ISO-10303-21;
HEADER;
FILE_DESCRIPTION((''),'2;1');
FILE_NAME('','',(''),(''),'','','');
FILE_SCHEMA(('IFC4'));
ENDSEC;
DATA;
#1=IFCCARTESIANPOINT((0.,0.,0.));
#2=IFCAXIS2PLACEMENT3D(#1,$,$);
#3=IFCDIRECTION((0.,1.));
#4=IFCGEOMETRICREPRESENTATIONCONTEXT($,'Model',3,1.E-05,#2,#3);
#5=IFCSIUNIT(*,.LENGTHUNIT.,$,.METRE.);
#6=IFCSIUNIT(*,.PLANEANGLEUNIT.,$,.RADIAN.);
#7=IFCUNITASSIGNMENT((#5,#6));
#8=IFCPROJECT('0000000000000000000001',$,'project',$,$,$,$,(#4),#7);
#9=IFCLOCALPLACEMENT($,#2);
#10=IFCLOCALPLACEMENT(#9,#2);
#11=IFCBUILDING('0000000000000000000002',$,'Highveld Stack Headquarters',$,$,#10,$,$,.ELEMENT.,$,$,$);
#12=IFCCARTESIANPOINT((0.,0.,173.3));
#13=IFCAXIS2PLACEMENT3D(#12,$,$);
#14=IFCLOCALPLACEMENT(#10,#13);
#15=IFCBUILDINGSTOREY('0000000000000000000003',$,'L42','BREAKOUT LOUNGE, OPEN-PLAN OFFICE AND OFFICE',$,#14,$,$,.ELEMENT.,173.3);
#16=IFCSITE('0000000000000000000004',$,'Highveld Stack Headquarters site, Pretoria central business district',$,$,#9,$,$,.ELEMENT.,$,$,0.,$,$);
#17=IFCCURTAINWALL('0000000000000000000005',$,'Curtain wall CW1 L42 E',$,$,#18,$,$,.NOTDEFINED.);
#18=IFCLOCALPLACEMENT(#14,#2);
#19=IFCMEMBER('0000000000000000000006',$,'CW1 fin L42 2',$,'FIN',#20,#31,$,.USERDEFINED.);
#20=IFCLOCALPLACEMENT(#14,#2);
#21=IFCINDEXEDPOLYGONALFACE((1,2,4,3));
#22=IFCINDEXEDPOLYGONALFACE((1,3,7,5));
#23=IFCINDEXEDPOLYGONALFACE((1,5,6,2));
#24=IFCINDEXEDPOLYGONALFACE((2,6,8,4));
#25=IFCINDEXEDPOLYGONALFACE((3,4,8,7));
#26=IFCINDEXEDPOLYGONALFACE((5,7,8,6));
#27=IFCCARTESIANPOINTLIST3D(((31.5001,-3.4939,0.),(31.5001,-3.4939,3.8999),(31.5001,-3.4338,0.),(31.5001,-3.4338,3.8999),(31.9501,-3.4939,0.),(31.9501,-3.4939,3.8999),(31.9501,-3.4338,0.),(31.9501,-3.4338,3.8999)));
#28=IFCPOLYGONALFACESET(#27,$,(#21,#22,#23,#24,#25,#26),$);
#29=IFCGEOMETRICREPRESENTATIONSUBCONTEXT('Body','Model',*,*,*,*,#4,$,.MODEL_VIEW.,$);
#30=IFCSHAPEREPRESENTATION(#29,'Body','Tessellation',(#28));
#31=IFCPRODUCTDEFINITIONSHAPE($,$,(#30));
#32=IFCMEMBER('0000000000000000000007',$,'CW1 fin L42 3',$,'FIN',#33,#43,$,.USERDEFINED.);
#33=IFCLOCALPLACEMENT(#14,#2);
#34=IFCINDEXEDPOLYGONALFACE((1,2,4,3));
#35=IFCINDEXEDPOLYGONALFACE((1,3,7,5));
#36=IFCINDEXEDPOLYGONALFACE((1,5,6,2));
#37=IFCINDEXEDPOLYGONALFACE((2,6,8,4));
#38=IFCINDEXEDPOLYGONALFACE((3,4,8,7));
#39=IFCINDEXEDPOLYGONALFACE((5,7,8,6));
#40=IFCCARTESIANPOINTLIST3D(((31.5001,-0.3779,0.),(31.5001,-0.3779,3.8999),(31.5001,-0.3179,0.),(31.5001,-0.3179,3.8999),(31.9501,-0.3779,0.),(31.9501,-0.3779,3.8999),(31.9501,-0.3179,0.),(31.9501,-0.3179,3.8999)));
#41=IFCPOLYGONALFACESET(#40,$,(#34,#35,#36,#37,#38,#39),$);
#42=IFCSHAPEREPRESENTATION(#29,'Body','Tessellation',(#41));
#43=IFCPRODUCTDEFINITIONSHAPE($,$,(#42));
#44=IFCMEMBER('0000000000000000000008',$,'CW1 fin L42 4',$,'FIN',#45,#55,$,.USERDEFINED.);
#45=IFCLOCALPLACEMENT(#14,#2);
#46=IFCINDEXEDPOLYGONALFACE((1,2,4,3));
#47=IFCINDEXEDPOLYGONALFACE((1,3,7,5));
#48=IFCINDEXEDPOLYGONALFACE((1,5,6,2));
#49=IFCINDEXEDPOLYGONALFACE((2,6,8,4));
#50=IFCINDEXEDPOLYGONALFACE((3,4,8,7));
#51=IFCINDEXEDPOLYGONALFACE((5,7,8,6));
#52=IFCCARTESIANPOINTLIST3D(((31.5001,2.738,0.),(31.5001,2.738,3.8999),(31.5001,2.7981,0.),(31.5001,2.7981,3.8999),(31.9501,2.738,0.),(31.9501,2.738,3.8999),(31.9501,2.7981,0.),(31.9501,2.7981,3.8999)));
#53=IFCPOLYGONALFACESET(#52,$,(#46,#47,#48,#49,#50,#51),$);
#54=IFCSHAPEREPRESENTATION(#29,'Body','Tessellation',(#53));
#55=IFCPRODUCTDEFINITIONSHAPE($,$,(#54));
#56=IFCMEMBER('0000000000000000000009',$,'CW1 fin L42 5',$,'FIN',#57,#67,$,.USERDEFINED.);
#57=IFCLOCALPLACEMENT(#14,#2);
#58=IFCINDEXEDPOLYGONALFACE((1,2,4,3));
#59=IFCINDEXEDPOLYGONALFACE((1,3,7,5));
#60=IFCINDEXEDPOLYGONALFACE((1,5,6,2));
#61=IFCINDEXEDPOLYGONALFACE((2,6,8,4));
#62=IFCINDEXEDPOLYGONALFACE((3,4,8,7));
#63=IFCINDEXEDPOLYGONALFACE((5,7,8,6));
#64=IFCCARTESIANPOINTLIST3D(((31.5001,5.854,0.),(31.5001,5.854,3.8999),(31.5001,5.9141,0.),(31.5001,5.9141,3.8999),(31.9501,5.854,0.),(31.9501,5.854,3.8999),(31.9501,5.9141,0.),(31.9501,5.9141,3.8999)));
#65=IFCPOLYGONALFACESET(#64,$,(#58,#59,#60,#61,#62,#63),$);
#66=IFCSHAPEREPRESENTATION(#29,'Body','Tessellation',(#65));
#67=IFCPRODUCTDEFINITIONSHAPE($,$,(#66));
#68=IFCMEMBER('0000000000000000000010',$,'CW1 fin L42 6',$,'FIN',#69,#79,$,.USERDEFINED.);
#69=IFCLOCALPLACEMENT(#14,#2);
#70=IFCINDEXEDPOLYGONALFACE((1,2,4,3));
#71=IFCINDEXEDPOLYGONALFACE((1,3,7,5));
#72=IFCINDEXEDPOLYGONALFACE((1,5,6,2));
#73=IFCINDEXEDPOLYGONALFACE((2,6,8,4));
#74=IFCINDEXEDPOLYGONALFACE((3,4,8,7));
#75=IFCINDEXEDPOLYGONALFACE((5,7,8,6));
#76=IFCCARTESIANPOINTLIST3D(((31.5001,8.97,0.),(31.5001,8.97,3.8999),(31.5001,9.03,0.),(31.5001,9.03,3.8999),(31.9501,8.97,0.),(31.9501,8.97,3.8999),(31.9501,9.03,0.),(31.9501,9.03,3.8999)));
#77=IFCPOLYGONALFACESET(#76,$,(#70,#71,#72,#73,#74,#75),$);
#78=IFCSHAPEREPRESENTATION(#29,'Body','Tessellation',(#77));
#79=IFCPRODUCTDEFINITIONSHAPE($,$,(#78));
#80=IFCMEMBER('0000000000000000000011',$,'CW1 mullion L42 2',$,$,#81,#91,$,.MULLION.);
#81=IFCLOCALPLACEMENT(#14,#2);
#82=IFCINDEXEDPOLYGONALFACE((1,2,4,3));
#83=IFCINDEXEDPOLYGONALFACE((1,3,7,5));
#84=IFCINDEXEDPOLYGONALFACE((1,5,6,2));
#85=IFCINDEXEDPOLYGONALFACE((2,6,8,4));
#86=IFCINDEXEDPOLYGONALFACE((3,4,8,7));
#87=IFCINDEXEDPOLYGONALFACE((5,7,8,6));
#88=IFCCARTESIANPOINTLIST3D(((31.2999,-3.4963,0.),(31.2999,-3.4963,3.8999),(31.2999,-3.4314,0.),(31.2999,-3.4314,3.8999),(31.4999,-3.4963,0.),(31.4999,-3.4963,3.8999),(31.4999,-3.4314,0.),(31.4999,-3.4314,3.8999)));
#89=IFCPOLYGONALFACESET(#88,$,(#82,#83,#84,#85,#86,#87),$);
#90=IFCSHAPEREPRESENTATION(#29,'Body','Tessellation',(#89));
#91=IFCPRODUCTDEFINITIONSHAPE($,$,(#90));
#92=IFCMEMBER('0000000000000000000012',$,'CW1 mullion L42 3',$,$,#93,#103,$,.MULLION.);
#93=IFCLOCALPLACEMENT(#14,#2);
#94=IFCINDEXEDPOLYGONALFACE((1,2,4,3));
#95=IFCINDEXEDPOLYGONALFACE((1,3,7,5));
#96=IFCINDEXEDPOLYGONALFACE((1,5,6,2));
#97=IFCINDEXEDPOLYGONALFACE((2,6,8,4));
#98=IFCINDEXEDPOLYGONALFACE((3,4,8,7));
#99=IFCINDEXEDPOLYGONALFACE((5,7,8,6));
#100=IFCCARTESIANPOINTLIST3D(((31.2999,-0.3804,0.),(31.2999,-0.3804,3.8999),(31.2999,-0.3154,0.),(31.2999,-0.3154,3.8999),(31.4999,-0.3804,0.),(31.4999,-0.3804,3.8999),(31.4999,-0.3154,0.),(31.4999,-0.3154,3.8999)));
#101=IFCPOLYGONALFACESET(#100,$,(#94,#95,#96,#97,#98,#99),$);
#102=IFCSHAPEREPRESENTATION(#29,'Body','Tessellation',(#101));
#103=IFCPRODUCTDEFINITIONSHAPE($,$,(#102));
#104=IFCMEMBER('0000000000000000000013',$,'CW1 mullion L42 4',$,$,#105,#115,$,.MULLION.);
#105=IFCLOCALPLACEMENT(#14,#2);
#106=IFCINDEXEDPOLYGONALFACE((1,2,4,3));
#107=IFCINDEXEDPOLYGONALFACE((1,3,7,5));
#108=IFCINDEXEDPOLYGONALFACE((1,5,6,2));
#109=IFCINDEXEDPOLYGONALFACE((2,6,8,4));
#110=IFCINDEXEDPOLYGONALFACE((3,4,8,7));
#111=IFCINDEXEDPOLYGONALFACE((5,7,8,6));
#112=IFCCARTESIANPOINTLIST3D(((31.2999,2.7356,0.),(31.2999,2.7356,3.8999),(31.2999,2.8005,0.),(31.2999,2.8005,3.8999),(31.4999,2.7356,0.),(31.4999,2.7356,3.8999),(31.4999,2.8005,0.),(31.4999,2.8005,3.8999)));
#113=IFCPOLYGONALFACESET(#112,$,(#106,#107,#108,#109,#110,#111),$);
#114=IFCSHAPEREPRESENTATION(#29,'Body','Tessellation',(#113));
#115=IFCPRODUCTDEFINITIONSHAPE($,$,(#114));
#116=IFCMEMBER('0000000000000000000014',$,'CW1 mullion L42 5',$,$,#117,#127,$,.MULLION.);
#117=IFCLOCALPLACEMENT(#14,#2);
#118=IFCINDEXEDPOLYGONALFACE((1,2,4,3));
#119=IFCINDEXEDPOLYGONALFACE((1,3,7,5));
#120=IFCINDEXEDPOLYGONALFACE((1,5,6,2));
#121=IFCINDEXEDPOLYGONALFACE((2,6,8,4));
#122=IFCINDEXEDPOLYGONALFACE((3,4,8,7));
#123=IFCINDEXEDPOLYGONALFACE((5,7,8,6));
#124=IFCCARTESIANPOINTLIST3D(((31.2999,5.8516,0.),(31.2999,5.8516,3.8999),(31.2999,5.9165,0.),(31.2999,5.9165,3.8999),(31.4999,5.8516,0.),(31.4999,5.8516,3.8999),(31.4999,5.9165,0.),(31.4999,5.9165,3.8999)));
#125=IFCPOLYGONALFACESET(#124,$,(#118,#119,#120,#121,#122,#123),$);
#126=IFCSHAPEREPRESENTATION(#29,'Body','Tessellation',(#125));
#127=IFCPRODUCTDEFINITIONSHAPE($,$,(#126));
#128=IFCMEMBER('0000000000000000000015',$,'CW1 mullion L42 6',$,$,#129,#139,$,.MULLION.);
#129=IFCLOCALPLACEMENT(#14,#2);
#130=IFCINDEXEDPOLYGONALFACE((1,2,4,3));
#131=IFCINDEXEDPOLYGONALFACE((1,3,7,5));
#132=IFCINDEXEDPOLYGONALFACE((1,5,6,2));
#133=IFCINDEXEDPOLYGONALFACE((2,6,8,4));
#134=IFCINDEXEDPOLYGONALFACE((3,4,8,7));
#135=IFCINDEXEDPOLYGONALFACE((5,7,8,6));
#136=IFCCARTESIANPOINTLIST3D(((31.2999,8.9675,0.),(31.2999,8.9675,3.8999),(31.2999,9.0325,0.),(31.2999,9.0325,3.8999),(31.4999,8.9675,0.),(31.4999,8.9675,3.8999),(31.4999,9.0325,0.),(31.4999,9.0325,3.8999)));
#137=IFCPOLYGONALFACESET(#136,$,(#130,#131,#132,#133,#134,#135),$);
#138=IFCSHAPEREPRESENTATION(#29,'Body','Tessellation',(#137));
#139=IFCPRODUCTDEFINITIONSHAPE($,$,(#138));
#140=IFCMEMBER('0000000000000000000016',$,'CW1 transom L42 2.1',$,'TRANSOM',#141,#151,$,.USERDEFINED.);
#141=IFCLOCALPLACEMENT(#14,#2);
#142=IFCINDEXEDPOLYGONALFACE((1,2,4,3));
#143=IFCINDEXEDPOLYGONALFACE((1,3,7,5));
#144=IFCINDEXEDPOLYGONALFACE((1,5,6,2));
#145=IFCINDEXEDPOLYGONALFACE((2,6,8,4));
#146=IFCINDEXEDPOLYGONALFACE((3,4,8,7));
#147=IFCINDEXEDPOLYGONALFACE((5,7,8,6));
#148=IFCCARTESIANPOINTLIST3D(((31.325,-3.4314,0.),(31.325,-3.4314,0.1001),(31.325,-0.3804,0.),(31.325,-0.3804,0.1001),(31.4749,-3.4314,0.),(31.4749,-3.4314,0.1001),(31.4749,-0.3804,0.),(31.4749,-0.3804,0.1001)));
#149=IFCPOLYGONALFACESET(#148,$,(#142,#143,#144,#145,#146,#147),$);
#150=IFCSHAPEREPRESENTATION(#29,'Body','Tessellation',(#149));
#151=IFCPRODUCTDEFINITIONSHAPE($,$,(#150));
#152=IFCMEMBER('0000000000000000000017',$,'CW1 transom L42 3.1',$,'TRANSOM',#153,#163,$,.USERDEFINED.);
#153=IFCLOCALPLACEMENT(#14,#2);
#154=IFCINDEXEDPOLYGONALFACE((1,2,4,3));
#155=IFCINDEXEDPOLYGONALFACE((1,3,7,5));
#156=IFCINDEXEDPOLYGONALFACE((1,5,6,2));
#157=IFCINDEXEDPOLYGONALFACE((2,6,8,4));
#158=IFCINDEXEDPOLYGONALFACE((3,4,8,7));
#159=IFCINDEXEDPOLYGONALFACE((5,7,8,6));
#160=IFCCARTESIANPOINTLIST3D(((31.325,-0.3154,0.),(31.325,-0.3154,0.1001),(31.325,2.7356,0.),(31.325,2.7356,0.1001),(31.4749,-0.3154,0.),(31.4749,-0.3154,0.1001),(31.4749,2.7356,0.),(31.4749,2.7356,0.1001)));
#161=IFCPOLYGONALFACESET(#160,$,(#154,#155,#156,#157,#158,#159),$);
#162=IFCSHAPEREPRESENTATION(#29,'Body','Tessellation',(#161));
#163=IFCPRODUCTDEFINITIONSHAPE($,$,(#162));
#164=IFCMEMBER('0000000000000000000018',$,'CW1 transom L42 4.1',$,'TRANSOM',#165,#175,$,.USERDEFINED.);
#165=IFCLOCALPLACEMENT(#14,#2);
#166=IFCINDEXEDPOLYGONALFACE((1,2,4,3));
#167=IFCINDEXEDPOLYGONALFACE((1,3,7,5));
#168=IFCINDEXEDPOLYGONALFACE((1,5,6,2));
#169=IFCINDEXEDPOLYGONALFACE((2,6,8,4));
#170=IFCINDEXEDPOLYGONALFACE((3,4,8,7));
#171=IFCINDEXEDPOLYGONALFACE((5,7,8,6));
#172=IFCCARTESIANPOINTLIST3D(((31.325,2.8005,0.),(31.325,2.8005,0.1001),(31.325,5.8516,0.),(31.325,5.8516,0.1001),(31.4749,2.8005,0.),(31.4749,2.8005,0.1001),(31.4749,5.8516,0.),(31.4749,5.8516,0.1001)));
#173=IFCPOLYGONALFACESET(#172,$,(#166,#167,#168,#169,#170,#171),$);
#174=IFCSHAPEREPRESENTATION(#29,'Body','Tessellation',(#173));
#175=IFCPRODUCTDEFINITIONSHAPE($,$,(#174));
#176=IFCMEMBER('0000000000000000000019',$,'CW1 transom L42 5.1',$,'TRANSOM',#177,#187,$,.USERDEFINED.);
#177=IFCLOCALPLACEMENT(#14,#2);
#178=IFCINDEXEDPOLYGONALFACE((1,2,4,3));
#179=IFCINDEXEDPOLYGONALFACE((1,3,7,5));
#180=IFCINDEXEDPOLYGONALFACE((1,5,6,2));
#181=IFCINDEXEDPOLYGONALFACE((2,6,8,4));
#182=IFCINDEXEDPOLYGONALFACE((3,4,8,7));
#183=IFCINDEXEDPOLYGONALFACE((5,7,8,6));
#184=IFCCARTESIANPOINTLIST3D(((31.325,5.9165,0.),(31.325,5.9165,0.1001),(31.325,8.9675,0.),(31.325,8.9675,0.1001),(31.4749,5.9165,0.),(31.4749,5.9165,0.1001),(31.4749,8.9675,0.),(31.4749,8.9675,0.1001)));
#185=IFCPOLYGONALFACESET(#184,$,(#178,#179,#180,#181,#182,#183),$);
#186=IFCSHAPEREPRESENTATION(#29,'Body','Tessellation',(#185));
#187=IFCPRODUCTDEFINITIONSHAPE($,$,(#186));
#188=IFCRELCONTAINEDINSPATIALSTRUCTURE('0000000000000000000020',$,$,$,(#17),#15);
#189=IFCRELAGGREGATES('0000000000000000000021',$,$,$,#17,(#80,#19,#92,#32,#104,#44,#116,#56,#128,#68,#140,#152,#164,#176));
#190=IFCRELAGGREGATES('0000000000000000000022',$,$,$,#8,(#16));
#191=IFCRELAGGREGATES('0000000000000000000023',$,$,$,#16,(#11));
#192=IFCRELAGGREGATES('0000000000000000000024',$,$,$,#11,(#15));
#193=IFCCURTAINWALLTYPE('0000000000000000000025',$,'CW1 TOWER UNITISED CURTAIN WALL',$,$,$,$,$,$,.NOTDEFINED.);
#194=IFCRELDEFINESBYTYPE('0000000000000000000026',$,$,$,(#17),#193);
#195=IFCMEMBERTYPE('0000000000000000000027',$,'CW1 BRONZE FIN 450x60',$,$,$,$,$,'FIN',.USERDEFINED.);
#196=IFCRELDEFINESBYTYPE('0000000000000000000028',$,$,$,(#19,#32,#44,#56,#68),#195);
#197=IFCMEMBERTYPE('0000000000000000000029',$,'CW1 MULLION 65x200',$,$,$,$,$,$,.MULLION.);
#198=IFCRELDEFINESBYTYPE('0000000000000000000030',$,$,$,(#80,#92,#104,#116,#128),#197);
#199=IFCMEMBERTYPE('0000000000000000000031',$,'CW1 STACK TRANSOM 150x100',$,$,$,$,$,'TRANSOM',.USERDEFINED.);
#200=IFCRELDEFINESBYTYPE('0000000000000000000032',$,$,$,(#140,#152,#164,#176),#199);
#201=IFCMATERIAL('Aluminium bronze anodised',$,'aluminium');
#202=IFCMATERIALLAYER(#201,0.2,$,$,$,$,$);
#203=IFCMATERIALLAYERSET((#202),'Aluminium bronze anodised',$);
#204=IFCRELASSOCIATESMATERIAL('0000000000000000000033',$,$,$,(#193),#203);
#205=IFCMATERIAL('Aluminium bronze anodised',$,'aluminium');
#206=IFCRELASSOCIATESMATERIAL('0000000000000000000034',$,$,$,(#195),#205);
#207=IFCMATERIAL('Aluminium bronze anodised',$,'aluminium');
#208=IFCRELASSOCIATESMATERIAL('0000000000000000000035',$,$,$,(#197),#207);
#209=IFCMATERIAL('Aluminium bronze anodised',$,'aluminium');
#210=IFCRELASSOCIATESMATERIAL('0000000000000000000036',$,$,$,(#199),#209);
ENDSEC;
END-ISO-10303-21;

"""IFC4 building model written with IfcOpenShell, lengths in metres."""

from ifc_helpers import new_model, si_unit, direction, frame, origin, origin_2d, place, context, subcontext, project, spatial, rectangle, extrude, material, layer, layer_set, material_profile, profile_set, type_object, element, aggregate, save


model = new_model("IFC4")

# Units and contexts
model_context = context("Model", 3, precision=1e-05, world=origin(), true_north=direction((0.0, 1.0)))
body_context = subcontext(model_context, "Body", "Model", "MODEL_VIEW")
ifc_project = project(units=[si_unit("LENGTHUNIT", "METRE"), si_unit("PLANEANGLEUNIT", "RADIAN")], contexts=[model_context])

# Site, building, storey
site_placement = place(None, origin())
site = spatial("IfcSite", under=ifc_project, at=site_placement, Name="Highveld Stack Headquarters site, Pretoria central business district", CompositionType="ELEMENT", RefElevation=0.0)
building_placement = place(site_placement, origin())
building = spatial("IfcBuilding", under=site, at=building_placement, Name="Highveld Stack Headquarters", CompositionType="ELEMENT")
storey_placement = place(building_placement, frame((0.0, 0.0, 173.3)))
storey = spatial("IfcBuildingStorey", under=building, at=storey_placement, Name="L42", Description="BREAKOUT LOUNGE, OPEN-PLAN OFFICE AND OFFICE", CompositionType="ELEMENT", Elevation=173.3)

# Curtain wall, members
ifc_material_1 = material(Name="Aluminium bronze anodised", Category="aluminium")
ifc_layer_1 = layer(ifc_material_1, 0.2)
ifc_layer_set_1 = layer_set([ifc_layer_1], Name="Aluminium bronze anodised")
curtain_wall_type = type_object("IfcCurtainWallType", Name="CW1 TOWER UNITISED CURTAIN WALL", PredefinedType="NOTDEFINED", material=ifc_layer_set_1)
curtain_wall_placement = place(storey_placement, origin())
curtain_wall = element("IfcCurtainWall", 1, at=curtain_wall_placement, inside=storey, type_object=curtain_wall_type, Name="Curtain wall CW1 L42 E", PredefinedType="NOTDEFINED")
ifc_material_2 = material(Name="Aluminium bronze anodised", Category="aluminium")
ifc_material_profile_1 = material_profile(ifc_material_2, rectangle(XDim=0.45, YDim=0.0601, at=origin_2d()), Name="FIN 450x60")
ifc_profile_set_1 = profile_set([ifc_material_profile_1], Name="Aluminium bronze anodised")
member_type_1 = type_object("IfcMemberType", Name="CW1 BRONZE FIN 450x60", ElementType="FIN", PredefinedType="USERDEFINED", material=ifc_profile_set_1)
member_1_placement = place(storey_placement, frame((31.7251, -3.4639, 0.0), z_axis=(0.0, 0.0, 1.0), x_axis=(-1.0, 0.0, 0.0)))
member_1 = element("IfcMember", 2, at=member_1_placement, type_object=member_type_1, Name="CW1 fin L42 2", ObjectType="FIN", PredefinedType="USERDEFINED", context=body_context, shape_type="SweptSolid", body=[
    extrude(rectangle(XDim=0.45, YDim=0.0601, at=origin_2d()), origin(), (0.0, 0.0, 1.0), 3.8999),
])
member_2_placement = place(storey_placement, frame((31.7251, -0.3479, 0.0), z_axis=(0.0, 0.0, 1.0), x_axis=(-1.0, 0.0, 0.0)))
member_2 = element("IfcMember", 3, at=member_2_placement, type_object=member_type_1, Name="CW1 fin L42 3", ObjectType="FIN", PredefinedType="USERDEFINED", context=body_context, shape_type="SweptSolid", body=[
    extrude(rectangle(XDim=0.45, YDim=0.0601, at=origin_2d()), origin(), (0.0, 0.0, 1.0), 3.8999),
])
member_3_placement = place(storey_placement, frame((31.7251, 2.7681, 0.0), z_axis=(0.0, 0.0, 1.0), x_axis=(-1.0, 0.0, 0.0)))
member_3 = element("IfcMember", 4, at=member_3_placement, type_object=member_type_1, Name="CW1 fin L42 4", ObjectType="FIN", PredefinedType="USERDEFINED", context=body_context, shape_type="SweptSolid", body=[
    extrude(rectangle(XDim=0.45, YDim=0.0601, at=origin_2d()), origin(), (0.0, 0.0, 1.0), 3.8999),
])
member_4_placement = place(storey_placement, frame((31.7251, 5.884, 0.0), z_axis=(0.0, 0.0, 1.0), x_axis=(-1.0, 0.0, 0.0)))
member_4 = element("IfcMember", 5, at=member_4_placement, type_object=member_type_1, Name="CW1 fin L42 5", ObjectType="FIN", PredefinedType="USERDEFINED", context=body_context, shape_type="SweptSolid", body=[
    extrude(rectangle(XDim=0.45, YDim=0.0601, at=origin_2d()), origin(), (0.0, 0.0, 1.0), 3.8999),
])
member_5_placement = place(storey_placement, frame((31.7251, 9.0, 0.0), z_axis=(0.0, 0.0, 1.0), x_axis=(-1.0, 0.0, 0.0)))
member_5 = element("IfcMember", 6, at=member_5_placement, type_object=member_type_1, Name="CW1 fin L42 6", ObjectType="FIN", PredefinedType="USERDEFINED", context=body_context, shape_type="SweptSolid", body=[
    extrude(rectangle(XDim=0.45, YDim=0.0601, at=origin_2d()), origin(), (0.0, 0.0, 1.0), 3.8999),
])
ifc_material_3 = material(Name="Aluminium bronze anodised", Category="aluminium")
ifc_material_profile_2 = material_profile(ifc_material_3, rectangle(XDim=0.2, YDim=0.0649, at=origin_2d()), Name="CW1 MULLION 65x200")
ifc_profile_set_2 = profile_set([ifc_material_profile_2], Name="Aluminium bronze anodised")
member_type_2 = type_object("IfcMemberType", Name="CW1 MULLION 65x200", PredefinedType="MULLION", material=ifc_profile_set_2)
member_6_placement = place(storey_placement, frame((31.3999, -3.4639, 0.0), z_axis=(0.0, 0.0, 1.0), x_axis=(-1.0, 0.0, 0.0)))
member_6 = element("IfcMember", 7, at=member_6_placement, type_object=member_type_2, Name="CW1 mullion L42 2", PredefinedType="MULLION", context=body_context, shape_type="SweptSolid", body=[
    extrude(rectangle(XDim=0.2, YDim=0.0649, at=origin_2d()), origin(), (0.0, 0.0, 1.0), 3.8999),
])
member_7_placement = place(storey_placement, frame((31.3999, -0.3479, 0.0), z_axis=(0.0, 0.0, 1.0), x_axis=(-1.0, 0.0, 0.0)))
member_7 = element("IfcMember", 8, at=member_7_placement, type_object=member_type_2, Name="CW1 mullion L42 3", PredefinedType="MULLION", context=body_context, shape_type="SweptSolid", body=[
    extrude(rectangle(XDim=0.2, YDim=0.0649, at=origin_2d()), origin(), (0.0, 0.0, 1.0), 3.8999),
])
member_8_placement = place(storey_placement, frame((31.3999, 2.7681, 0.0), z_axis=(0.0, 0.0, 1.0), x_axis=(-1.0, 0.0, 0.0)))
member_8 = element("IfcMember", 9, at=member_8_placement, type_object=member_type_2, Name="CW1 mullion L42 4", PredefinedType="MULLION", context=body_context, shape_type="SweptSolid", body=[
    extrude(rectangle(XDim=0.2, YDim=0.0649, at=origin_2d()), origin(), (0.0, 0.0, 1.0), 3.8999),
])
member_9_placement = place(storey_placement, frame((31.3999, 5.884, 0.0), z_axis=(0.0, 0.0, 1.0), x_axis=(-1.0, 0.0, 0.0)))
member_9 = element("IfcMember", 10, at=member_9_placement, type_object=member_type_2, Name="CW1 mullion L42 5", PredefinedType="MULLION", context=body_context, shape_type="SweptSolid", body=[
    extrude(rectangle(XDim=0.2, YDim=0.0649, at=origin_2d()), origin(), (0.0, 0.0, 1.0), 3.8999),
])
member_10_placement = place(storey_placement, frame((31.3999, 9.0, 0.0), z_axis=(0.0, 0.0, 1.0), x_axis=(-1.0, 0.0, 0.0)))
member_10 = element("IfcMember", 11, at=member_10_placement, type_object=member_type_2, Name="CW1 mullion L42 6", PredefinedType="MULLION", context=body_context, shape_type="SweptSolid", body=[
    extrude(rectangle(XDim=0.2, YDim=0.0649, at=origin_2d()), origin(), (0.0, 0.0, 1.0), 3.8999),
])
ifc_material_4 = material(Name="Aluminium bronze anodised", Category="aluminium")
ifc_material_profile_3 = material_profile(ifc_material_4, rectangle(XDim=0.1499, YDim=0.1001, at=origin_2d()), Name="CW1 TRANSOM 150x100")
ifc_profile_set_3 = profile_set([ifc_material_profile_3], Name="Aluminium bronze anodised")
member_type_3 = type_object("IfcMemberType", Name="CW1 STACK TRANSOM 150x100", ElementType="TRANSOM", PredefinedType="USERDEFINED", material=ifc_profile_set_3)
member_11_placement = place(storey_placement, frame((31.3999, -3.4314, 0.05), z_axis=(0.0, 1.0, 0.0), x_axis=(-1.0, 0.0, 0.0)))
member_11 = element("IfcMember", 12, at=member_11_placement, type_object=member_type_3, Name="CW1 transom L42 2.1", ObjectType="TRANSOM", PredefinedType="USERDEFINED", context=body_context, shape_type="SweptSolid", body=[
    extrude(rectangle(XDim=0.1499, YDim=0.1001, at=origin_2d()), origin(), (0.0, 0.0, 1.0), 3.051),
])
member_12_placement = place(storey_placement, frame((31.3999, -0.3154, 0.05), z_axis=(0.0, 1.0, 0.0), x_axis=(-1.0, 0.0, 0.0)))
member_12 = element("IfcMember", 13, at=member_12_placement, type_object=member_type_3, Name="CW1 transom L42 3.1", ObjectType="TRANSOM", PredefinedType="USERDEFINED", context=body_context, shape_type="SweptSolid", body=[
    extrude(rectangle(XDim=0.1499, YDim=0.1001, at=origin_2d()), origin(), (0.0, 0.0, 1.0), 3.051),
])
member_13_placement = place(storey_placement, frame((31.3999, 2.8005, 0.05), z_axis=(0.0, 1.0, 0.0), x_axis=(-1.0, 0.0, 0.0)))
member_13 = element("IfcMember", 14, at=member_13_placement, type_object=member_type_3, Name="CW1 transom L42 4.1", ObjectType="TRANSOM", PredefinedType="USERDEFINED", context=body_context, shape_type="SweptSolid", body=[
    extrude(rectangle(XDim=0.1499, YDim=0.1001, at=origin_2d()), origin(), (0.0, 0.0, 1.0), 3.051),
])
member_14_placement = place(storey_placement, frame((31.3999, 5.9165, 0.05), z_axis=(0.0, 1.0, 0.0), x_axis=(-1.0, 0.0, 0.0)))
member_14 = element("IfcMember", 15, at=member_14_placement, type_object=member_type_3, Name="CW1 transom L42 5.1", ObjectType="TRANSOM", PredefinedType="USERDEFINED", context=body_context, shape_type="SweptSolid", body=[
    extrude(rectangle(XDim=0.1499, YDim=0.1001, at=origin_2d()), origin(), (0.0, 0.0, 1.0), 3.051),
])
aggregate(curtain_wall, [member_6, member_1, member_7, member_2, member_8, member_3, member_9, member_4, member_10, member_5, member_11, member_12, member_13, member_14])

save(model, "model.ifc")
